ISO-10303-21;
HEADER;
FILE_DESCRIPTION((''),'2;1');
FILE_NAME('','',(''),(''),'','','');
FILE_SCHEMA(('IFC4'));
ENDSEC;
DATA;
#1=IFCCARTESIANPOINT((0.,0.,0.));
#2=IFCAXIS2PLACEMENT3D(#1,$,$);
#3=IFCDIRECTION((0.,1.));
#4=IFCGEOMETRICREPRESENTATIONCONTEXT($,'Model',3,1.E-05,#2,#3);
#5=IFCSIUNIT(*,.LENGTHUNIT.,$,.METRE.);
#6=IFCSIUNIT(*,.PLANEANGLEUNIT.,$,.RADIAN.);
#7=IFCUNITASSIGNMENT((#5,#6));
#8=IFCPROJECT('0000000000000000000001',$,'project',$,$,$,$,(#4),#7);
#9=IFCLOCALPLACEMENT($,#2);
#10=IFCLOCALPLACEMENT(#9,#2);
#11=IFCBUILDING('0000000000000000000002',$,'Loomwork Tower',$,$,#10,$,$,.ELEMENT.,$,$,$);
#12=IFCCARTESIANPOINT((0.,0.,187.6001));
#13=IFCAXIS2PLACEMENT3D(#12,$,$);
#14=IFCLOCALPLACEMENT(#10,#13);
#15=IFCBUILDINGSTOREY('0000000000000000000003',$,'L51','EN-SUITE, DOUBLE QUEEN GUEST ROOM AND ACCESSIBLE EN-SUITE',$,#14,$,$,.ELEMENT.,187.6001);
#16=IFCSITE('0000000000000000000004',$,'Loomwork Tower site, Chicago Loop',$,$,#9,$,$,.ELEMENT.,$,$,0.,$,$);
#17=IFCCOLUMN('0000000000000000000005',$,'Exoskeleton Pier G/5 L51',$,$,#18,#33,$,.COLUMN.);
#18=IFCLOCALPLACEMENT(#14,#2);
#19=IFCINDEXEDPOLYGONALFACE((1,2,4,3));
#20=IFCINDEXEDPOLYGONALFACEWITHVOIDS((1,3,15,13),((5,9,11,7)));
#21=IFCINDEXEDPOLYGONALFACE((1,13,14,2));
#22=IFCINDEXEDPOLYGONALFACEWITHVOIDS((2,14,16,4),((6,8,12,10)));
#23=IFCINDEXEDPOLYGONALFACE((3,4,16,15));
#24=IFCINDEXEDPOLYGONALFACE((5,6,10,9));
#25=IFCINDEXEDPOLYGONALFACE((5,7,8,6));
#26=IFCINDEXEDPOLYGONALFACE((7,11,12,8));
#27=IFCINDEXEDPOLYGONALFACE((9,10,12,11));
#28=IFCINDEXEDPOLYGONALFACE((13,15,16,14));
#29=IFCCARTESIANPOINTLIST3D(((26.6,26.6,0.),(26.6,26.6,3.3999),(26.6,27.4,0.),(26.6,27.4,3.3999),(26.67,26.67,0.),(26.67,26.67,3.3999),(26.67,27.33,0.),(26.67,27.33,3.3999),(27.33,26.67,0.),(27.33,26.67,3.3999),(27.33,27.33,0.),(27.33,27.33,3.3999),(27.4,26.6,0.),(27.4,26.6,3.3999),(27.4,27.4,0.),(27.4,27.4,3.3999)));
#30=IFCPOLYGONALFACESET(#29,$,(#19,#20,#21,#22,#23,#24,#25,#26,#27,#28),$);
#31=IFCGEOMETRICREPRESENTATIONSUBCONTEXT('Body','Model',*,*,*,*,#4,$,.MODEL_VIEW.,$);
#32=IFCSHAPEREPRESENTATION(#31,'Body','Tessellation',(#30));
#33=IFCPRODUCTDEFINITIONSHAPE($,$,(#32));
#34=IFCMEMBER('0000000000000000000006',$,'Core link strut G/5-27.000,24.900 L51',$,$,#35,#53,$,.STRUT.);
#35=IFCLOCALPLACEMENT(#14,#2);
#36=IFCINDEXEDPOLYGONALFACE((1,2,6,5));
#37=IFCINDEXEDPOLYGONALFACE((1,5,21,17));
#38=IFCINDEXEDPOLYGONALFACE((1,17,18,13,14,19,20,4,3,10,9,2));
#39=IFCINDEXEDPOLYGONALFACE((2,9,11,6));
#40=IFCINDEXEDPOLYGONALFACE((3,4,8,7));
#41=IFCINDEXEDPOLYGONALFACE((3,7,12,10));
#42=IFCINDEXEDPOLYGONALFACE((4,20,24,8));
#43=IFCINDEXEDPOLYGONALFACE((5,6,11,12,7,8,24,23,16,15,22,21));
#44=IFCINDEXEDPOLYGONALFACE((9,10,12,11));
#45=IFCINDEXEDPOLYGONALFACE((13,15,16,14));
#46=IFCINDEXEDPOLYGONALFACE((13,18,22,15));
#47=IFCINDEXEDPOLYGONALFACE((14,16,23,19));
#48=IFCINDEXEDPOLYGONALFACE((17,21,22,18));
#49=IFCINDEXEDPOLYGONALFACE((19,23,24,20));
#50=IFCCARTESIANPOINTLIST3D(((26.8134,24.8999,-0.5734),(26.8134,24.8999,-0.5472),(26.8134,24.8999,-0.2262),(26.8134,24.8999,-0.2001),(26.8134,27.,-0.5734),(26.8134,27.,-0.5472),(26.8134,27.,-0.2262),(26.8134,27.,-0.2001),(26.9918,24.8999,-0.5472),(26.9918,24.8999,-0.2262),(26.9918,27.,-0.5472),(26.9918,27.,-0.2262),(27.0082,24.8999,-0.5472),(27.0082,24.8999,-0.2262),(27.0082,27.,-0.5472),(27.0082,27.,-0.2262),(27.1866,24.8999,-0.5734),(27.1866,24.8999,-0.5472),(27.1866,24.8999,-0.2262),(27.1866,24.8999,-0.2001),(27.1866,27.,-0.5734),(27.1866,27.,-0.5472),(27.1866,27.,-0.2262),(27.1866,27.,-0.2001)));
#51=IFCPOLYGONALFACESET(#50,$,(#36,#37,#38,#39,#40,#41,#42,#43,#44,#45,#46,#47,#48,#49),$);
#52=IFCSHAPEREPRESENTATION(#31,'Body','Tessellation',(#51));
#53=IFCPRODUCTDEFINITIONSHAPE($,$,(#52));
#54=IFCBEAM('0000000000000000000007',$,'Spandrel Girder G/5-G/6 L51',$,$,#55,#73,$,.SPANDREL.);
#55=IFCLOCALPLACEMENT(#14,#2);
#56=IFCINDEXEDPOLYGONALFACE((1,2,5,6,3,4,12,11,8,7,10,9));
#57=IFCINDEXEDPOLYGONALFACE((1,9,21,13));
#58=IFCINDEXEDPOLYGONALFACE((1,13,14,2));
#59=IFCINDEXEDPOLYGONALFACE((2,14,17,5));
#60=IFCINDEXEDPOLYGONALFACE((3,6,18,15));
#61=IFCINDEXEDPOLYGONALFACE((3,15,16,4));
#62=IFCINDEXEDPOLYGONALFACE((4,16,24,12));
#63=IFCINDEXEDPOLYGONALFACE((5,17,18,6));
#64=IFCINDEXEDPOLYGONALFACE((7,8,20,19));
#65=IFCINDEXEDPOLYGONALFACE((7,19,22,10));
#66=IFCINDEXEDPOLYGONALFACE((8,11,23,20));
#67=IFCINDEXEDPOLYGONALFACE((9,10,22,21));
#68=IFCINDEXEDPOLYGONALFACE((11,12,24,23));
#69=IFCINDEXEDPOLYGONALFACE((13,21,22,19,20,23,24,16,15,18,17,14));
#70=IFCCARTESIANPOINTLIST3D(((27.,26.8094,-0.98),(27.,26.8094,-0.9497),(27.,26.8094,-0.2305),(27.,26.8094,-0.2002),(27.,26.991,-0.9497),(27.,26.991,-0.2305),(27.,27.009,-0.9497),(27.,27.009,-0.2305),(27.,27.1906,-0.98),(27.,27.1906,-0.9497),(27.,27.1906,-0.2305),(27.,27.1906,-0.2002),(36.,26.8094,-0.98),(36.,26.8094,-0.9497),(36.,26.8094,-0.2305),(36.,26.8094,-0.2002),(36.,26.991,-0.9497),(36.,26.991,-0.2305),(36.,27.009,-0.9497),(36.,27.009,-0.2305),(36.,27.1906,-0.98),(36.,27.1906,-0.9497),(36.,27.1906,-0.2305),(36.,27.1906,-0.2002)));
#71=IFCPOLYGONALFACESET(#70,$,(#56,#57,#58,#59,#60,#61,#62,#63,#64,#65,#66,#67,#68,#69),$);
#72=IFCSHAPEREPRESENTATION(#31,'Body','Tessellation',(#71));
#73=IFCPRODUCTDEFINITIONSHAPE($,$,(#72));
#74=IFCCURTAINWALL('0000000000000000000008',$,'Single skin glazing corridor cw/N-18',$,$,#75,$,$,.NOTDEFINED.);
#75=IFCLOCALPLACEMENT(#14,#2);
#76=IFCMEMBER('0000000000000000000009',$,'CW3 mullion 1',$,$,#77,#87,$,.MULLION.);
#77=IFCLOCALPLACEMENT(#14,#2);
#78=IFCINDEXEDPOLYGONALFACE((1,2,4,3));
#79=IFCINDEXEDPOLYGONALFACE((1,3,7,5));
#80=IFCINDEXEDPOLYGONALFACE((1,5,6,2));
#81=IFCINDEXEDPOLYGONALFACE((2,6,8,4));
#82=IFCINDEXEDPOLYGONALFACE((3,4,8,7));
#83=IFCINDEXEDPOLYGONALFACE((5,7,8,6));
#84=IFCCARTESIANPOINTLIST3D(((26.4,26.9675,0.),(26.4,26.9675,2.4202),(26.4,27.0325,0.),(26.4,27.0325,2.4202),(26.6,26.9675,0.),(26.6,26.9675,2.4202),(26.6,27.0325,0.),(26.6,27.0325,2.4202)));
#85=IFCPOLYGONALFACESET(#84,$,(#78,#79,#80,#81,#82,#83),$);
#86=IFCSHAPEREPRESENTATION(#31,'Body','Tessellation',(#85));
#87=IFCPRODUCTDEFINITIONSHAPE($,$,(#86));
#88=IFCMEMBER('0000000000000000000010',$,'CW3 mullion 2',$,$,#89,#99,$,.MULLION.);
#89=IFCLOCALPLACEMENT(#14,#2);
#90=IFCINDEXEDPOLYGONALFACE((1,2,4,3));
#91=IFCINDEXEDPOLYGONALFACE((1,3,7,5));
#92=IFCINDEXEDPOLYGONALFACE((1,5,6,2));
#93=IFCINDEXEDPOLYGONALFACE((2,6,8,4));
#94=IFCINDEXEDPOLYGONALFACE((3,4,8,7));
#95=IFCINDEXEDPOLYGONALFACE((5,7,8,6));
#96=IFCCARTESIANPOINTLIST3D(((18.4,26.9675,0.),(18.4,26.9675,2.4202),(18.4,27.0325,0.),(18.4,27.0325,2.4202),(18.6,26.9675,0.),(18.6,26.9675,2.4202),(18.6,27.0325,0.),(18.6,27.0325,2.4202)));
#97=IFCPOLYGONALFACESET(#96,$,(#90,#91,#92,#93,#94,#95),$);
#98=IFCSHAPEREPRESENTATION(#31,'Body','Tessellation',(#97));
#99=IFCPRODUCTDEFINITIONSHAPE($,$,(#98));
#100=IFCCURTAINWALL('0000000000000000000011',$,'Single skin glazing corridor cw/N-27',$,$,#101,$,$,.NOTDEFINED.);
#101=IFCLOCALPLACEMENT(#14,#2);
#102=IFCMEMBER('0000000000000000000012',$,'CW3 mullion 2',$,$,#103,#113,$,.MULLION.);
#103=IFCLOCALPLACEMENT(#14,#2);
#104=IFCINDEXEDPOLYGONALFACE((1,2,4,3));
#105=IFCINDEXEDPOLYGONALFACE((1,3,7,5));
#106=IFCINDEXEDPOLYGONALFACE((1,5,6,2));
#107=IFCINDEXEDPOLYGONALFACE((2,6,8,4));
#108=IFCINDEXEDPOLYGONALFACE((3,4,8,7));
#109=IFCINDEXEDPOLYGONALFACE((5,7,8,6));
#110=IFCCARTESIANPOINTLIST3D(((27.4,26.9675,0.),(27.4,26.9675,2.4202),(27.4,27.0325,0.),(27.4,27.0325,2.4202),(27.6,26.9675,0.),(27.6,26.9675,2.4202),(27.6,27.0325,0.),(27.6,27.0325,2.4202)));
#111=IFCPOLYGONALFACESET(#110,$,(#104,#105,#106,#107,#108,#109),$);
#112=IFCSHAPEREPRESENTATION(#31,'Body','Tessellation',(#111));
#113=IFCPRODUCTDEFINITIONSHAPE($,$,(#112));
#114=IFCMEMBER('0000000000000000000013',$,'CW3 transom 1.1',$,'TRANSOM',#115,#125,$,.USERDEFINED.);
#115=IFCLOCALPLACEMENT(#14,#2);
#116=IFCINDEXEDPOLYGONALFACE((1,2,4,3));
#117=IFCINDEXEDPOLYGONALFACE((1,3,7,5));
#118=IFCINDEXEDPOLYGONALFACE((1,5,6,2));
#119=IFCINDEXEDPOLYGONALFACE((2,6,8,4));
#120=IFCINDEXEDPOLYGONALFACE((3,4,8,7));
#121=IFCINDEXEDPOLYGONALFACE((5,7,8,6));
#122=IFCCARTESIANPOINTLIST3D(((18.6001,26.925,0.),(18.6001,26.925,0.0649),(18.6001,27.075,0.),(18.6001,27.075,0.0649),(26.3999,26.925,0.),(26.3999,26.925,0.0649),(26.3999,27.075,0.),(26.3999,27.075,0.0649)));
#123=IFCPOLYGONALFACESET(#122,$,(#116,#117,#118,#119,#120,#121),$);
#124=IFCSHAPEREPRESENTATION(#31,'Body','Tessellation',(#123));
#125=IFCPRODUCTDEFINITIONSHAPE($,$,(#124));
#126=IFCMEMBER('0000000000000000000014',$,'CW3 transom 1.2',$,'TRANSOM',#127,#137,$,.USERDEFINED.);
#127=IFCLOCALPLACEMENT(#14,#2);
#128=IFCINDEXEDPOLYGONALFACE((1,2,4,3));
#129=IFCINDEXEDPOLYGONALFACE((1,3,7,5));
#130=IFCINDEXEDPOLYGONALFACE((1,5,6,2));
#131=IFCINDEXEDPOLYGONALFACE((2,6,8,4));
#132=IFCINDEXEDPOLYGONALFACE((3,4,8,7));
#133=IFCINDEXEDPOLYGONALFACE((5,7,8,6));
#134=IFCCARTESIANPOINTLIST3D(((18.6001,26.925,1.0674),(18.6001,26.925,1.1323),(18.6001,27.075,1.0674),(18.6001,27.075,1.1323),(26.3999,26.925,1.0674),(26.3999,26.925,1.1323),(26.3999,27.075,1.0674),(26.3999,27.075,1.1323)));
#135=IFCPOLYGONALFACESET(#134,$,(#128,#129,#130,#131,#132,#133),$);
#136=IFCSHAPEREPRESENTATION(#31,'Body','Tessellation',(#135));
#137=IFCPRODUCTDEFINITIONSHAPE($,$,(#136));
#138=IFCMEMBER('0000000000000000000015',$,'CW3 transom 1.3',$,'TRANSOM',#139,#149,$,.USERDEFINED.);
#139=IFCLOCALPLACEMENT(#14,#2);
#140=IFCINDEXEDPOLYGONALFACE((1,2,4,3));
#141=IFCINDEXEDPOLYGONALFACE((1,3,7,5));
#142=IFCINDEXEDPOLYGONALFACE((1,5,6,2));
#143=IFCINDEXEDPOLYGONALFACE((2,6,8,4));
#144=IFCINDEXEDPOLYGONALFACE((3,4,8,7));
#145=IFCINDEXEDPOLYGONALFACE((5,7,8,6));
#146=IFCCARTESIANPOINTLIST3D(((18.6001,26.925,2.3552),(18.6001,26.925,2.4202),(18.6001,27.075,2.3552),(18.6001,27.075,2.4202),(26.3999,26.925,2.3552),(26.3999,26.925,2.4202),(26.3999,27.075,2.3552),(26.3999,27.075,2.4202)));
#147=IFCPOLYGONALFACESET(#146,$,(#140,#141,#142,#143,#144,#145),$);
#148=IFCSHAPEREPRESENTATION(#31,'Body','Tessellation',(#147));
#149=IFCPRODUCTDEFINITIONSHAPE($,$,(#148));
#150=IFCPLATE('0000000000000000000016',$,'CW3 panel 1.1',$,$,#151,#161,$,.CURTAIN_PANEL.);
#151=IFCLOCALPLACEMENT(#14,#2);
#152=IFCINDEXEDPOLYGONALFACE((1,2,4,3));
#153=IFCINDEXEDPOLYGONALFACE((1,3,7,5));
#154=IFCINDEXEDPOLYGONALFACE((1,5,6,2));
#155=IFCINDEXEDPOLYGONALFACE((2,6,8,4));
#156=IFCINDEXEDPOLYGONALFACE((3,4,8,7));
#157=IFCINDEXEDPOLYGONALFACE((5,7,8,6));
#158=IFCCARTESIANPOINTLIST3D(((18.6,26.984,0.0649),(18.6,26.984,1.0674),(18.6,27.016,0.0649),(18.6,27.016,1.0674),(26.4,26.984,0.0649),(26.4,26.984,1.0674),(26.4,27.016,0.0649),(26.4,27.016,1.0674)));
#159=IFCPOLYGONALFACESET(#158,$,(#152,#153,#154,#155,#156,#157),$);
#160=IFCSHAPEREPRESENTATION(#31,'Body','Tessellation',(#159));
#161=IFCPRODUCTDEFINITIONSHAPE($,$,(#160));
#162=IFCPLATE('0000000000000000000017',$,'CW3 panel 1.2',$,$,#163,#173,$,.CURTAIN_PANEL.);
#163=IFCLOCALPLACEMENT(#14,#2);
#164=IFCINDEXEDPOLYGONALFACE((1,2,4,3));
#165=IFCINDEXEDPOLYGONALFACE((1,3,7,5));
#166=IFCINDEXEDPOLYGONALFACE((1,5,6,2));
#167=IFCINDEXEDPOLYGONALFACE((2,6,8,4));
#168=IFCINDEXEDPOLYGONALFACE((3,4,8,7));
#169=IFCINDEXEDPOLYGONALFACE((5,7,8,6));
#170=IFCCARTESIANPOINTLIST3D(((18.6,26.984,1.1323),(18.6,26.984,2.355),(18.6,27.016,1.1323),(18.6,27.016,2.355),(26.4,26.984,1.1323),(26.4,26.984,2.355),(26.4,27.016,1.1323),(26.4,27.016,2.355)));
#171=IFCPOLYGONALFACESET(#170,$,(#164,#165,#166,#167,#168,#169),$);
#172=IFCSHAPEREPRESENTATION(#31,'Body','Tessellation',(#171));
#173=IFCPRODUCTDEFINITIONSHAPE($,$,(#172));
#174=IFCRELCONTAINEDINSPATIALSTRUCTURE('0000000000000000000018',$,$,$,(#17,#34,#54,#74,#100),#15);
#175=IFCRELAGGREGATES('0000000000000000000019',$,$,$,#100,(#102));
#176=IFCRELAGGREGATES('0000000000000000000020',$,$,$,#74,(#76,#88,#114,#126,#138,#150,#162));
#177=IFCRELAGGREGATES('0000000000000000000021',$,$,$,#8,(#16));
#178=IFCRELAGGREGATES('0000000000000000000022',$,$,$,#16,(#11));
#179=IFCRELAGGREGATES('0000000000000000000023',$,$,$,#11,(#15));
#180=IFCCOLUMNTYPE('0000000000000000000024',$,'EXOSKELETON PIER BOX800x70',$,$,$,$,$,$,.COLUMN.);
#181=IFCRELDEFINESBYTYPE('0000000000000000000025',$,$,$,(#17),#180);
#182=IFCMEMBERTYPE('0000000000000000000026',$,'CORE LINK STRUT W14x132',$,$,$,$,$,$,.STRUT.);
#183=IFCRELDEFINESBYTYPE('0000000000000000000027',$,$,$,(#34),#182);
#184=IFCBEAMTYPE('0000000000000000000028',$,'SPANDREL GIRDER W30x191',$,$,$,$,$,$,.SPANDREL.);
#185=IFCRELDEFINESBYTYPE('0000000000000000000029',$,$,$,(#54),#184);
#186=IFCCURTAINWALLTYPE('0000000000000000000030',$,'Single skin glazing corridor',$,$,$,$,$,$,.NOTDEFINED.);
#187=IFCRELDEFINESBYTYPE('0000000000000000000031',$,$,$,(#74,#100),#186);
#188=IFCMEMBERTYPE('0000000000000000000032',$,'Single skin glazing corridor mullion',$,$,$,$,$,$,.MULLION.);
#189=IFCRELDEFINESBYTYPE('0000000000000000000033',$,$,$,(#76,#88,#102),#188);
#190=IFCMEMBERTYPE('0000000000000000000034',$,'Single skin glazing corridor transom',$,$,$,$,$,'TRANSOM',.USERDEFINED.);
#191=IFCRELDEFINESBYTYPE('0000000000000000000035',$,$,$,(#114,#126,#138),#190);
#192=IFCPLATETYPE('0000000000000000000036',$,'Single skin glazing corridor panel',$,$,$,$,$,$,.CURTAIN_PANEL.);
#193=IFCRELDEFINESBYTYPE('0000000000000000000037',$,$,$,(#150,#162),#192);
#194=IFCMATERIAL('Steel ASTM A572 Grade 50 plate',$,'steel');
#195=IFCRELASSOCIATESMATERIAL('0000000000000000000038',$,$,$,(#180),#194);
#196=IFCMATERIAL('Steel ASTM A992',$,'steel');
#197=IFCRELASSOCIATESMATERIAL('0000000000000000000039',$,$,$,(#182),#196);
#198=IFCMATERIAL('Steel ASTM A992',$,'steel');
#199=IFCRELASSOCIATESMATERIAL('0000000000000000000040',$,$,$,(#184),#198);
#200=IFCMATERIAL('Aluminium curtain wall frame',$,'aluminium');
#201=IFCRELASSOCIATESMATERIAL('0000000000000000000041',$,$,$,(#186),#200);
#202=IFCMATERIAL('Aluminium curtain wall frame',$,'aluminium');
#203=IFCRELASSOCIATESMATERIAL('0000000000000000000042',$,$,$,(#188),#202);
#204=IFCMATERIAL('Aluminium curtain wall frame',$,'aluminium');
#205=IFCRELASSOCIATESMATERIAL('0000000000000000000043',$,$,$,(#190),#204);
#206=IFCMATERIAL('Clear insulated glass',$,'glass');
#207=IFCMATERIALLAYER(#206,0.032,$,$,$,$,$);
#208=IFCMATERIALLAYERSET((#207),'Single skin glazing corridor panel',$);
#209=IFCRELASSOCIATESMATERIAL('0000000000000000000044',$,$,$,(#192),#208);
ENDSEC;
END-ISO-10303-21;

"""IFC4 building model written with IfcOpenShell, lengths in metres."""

from ifc_helpers import new_model, si_unit, direction, frame, origin, origin_2d, place, context, subcontext, project, spatial, rectangle, hollow_rectangle, i_section, extrude, material, layer, layer_set, material_profile, profile_set, type_object, element, aggregate, save


model = new_model("IFC4")

# Units and contexts
model_context = context("Model", 3, precision=1e-05, world=origin(), true_north=direction((0.0, 1.0)))
body_context = subcontext(model_context, "Body", "Model", "MODEL_VIEW")
ifc_project = project(units=[si_unit("LENGTHUNIT", "METRE"), si_unit("PLANEANGLEUNIT", "RADIAN")], contexts=[model_context])

# Site, building, storey
site_placement = place(None, origin())
site = spatial("IfcSite", under=ifc_project, at=site_placement, Name="Loomwork Tower site, Chicago Loop", CompositionType="ELEMENT", RefElevation=0.0)
building_placement = place(site_placement, origin())
building = spatial("IfcBuilding", under=site, at=building_placement, Name="Loomwork Tower", CompositionType="ELEMENT")
storey_placement = place(building_placement, frame((0.0, 0.0, 187.6001)))
storey = spatial("IfcBuildingStorey", under=building, at=storey_placement, Name="L51", Description="EN-SUITE, DOUBLE QUEEN GUEST ROOM AND ACCESSIBLE EN-SUITE", CompositionType="ELEMENT", Elevation=187.6001)

# Column
ifc_material_1 = material(Name="Steel ASTM A572 Grade 50 plate", Category="steel")
ifc_material_profile_1 = material_profile(ifc_material_1, hollow_rectangle(XDim=0.8, YDim=0.8, WallThickness=0.0701, at=origin_2d()), Name="BOX800x70")
ifc_profile_set_1 = profile_set([ifc_material_profile_1], Name="Steel ASTM A572 Grade 50 plate")
column_type = type_object("IfcColumnType", Name="EXOSKELETON PIER BOX800x70", PredefinedType="COLUMN", material=ifc_profile_set_1)
column_placement = place(storey_placement, frame((27.0, 27.0, 0.0), z_axis=(0.0, 0.0, 1.0), x_axis=(1.0, 0.0, 0.0)))
element("IfcColumn", 1, at=column_placement, inside=storey, type_object=column_type, Name="Exoskeleton Pier G/5 L51", PredefinedType="COLUMN", context=body_context, shape_type="SweptSolid", body=[
    extrude(hollow_rectangle(XDim=0.8, YDim=0.8, WallThickness=0.0701, at=origin_2d()), origin(), (0.0, 0.0, 1.0), 3.3999),
])

# Member
ifc_material_2 = material(Name="Steel ASTM A992", Category="steel")
ifc_material_profile_2 = material_profile(ifc_material_2, i_section(OverallWidth=0.3733, OverallDepth=0.3733, WebThickness=0.0164, FlangeThickness=0.0261, at=origin_2d()), Name="W14x132")
ifc_profile_set_2 = profile_set([ifc_material_profile_2], Name="Steel ASTM A992")
member_type_1 = type_object("IfcMemberType", Name="CORE LINK STRUT W14x132", PredefinedType="STRUT", material=ifc_profile_set_2)
member_1_placement = place(storey_placement, frame((27.0, 27.0, -0.3867), z_axis=(0.0, -1.0, 0.0), x_axis=(1.0, 0.0, 0.0)))
element("IfcMember", 2, at=member_1_placement, inside=storey, type_object=member_type_1, Name="Core link strut G/5-27.000,24.900 L51", PredefinedType="STRUT", context=body_context, shape_type="SweptSolid", body=[
    extrude(i_section(OverallWidth=0.3733, OverallDepth=0.3733, WebThickness=0.0164, FlangeThickness=0.0261, at=origin_2d()), origin(), (0.0, 0.0, 1.0), 2.1001),
])

# Beam
ifc_material_3 = material(Name="Steel ASTM A992", Category="steel")
ifc_material_profile_3 = material_profile(ifc_material_3, i_section(OverallWidth=0.3811, OverallDepth=0.7798, WebThickness=0.0181, FlangeThickness=0.0303, at=origin_2d()), Name="W30x191")
ifc_profile_set_3 = profile_set([ifc_material_profile_3], Name="Steel ASTM A992")
beam_type = type_object("IfcBeamType", Name="SPANDREL GIRDER W30x191", PredefinedType="SPANDREL", material=ifc_profile_set_3)
beam_placement = place(storey_placement, frame((27.0, 27.0, -0.5901), z_axis=(1.0, 0.0, 0.0), x_axis=(0.0, 1.0, 0.0)))
element("IfcBeam", 3, at=beam_placement, inside=storey, type_object=beam_type, Name="Spandrel Girder G/5-G/6 L51", PredefinedType="SPANDREL", context=body_context, shape_type="SweptSolid", body=[
    extrude(i_section(OverallWidth=0.3811, OverallDepth=0.7798, WebThickness=0.0181, FlangeThickness=0.0303, at=origin_2d()), origin(), (0.0, 0.0, 1.0), 9.0),
])

# Curtain wall, members
ifc_material_4 = material(Name="Aluminium curtain wall frame", Category="aluminium")
curtain_wall_type = type_object("IfcCurtainWallType", Name="Single skin glazing corridor", PredefinedType="NOTDEFINED", material=ifc_material_4)
curtain_wall_1_placement = place(storey_placement, origin())
curtain_wall_1 = element("IfcCurtainWall", 4, at=curtain_wall_1_placement, inside=storey, type_object=curtain_wall_type, Name="Single skin glazing corridor cw/N-18", PredefinedType="NOTDEFINED")
ifc_material_5 = material(Name="Aluminium curtain wall frame", Category="aluminium")
ifc_material_profile_4 = material_profile(ifc_material_5, rectangle(XDim=0.0649, YDim=0.2, at=origin_2d()), Name="AL 65x200")
ifc_profile_set_4 = profile_set([ifc_material_profile_4], Name="Aluminium curtain wall frame")
member_type_2 = type_object("IfcMemberType", Name="Single skin glazing corridor mullion", PredefinedType="MULLION", material=ifc_profile_set_4)
member_2_placement = place(storey_placement, frame((26.5, 27.0, 0.0), z_axis=(0.0, 0.0, 1.0), x_axis=(0.0, -1.0, 0.0)))
member_2 = element("IfcMember", 5, at=member_2_placement, type_object=member_type_2, Name="CW3 mullion 1", PredefinedType="MULLION", context=body_context, shape_type="SweptSolid", body=[
    extrude(rectangle(XDim=0.0649, YDim=0.2, at=origin_2d()), origin(), (0.0, 0.0, 1.0), 2.4202),
])
member_3_placement = place(storey_placement, frame((18.5, 27.0, 0.0), z_axis=(0.0, 0.0, 1.0), x_axis=(0.0, -1.0, 0.0)))
member_3 = element("IfcMember", 6, at=member_3_placement, type_object=member_type_2, Name="CW3 mullion 2", PredefinedType="MULLION", context=body_context, shape_type="SweptSolid", body=[
    extrude(rectangle(XDim=0.0649, YDim=0.2, at=origin_2d()), origin(), (0.0, 0.0, 1.0), 2.4202),
])

# Curtain wall, member
curtain_wall_2_placement = place(storey_placement, origin())
curtain_wall_2 = element("IfcCurtainWall", 7, at=curtain_wall_2_placement, inside=storey, type_object=curtain_wall_type, Name="Single skin glazing corridor cw/N-27", PredefinedType="NOTDEFINED")
member_4_placement = place(storey_placement, frame((27.5, 27.0, 0.0), z_axis=(0.0, 0.0, 1.0), x_axis=(0.0, -1.0, 0.0)))
member_4 = element("IfcMember", 8, at=member_4_placement, type_object=member_type_2, Name="CW3 mullion 2", PredefinedType="MULLION", context=body_context, shape_type="SweptSolid", body=[
    extrude(rectangle(XDim=0.0649, YDim=0.2, at=origin_2d()), origin(), (0.0, 0.0, 1.0), 2.4202),
])
aggregate(curtain_wall_2, [member_4])

# Members
ifc_material_6 = material(Name="Aluminium curtain wall frame", Category="aluminium")
ifc_material_profile_5 = material_profile(ifc_material_6, rectangle(XDim=0.1499, YDim=0.0649, at=origin_2d()), Name="AL 65x150")
ifc_profile_set_5 = profile_set([ifc_material_profile_5], Name="Aluminium curtain wall frame")
member_type_3 = type_object("IfcMemberType", Name="Single skin glazing corridor transom", ElementType="TRANSOM", PredefinedType="USERDEFINED", material=ifc_profile_set_5)
member_5_placement = place(storey_placement, frame((26.3999, 27.0, 0.0325), z_axis=(-1.0, 0.0, 0.0), x_axis=(0.0, -1.0, 0.0)))
member_5 = element("IfcMember", 9, at=member_5_placement, type_object=member_type_3, Name="CW3 transom 1.1", ObjectType="TRANSOM", PredefinedType="USERDEFINED", context=body_context, shape_type="SweptSolid", body=[
    extrude(rectangle(XDim=0.1499, YDim=0.0649, at=origin_2d()), origin(), (0.0, 0.0, 1.0), 7.7998),
])
member_6_placement = place(storey_placement, frame((26.3999, 27.0, 1.0999), z_axis=(-1.0, 0.0, 0.0), x_axis=(0.0, -1.0, 0.0)))
member_6 = element("IfcMember", 10, at=member_6_placement, type_object=member_type_3, Name="CW3 transom 1.2", ObjectType="TRANSOM", PredefinedType="USERDEFINED", context=body_context, shape_type="SweptSolid", body=[
    extrude(rectangle(XDim=0.1499, YDim=0.0649, at=origin_2d()), origin(), (0.0, 0.0, 1.0), 7.7998),
])
member_7_placement = place(storey_placement, frame((26.3999, 27.0, 2.3877), z_axis=(-1.0, 0.0, 0.0), x_axis=(0.0, -1.0, 0.0)))
member_7 = element("IfcMember", 11, at=member_7_placement, type_object=member_type_3, Name="CW3 transom 1.3", ObjectType="TRANSOM", PredefinedType="USERDEFINED", context=body_context, shape_type="SweptSolid", body=[
    extrude(rectangle(XDim=0.1499, YDim=0.0649, at=origin_2d()), origin(), (0.0, 0.0, 1.0), 7.7998),
])

# Plates
ifc_material_7 = material(Name="Clear insulated glass", Category="glass")
ifc_layer_1 = layer(ifc_material_7, 0.032)
ifc_layer_set_1 = layer_set([ifc_layer_1], Name="Single skin glazing corridor panel")
plate_type = type_object("IfcPlateType", Name="Single skin glazing corridor panel", PredefinedType="CURTAIN_PANEL", material=ifc_layer_set_1)
plate_1_placement = place(storey_placement, frame((22.5, 27.0, 0.0649), z_axis=(0.0, 0.0, 1.0), x_axis=(-1.0, 0.0, 0.0)))
plate_1 = element("IfcPlate", 12, at=plate_1_placement, type_object=plate_type, Name="CW3 panel 1.1", PredefinedType="CURTAIN_PANEL", context=body_context, shape_type="SweptSolid", body=[
    extrude(rectangle(XDim=7.8, YDim=0.032, at=origin_2d()), origin(), (0.0, 0.0, 1.0), 1.0024),
])
plate_2_placement = place(storey_placement, frame((22.5, 27.0, 1.1323), z_axis=(0.0, 0.0, 1.0), x_axis=(-1.0, 0.0, 0.0)))
plate_2 = element("IfcPlate", 13, at=plate_2_placement, type_object=plate_type, Name="CW3 panel 1.2", PredefinedType="CURTAIN_PANEL", context=body_context, shape_type="SweptSolid", body=[
    extrude(rectangle(XDim=7.8, YDim=0.032, at=origin_2d()), origin(), (0.0, 0.0, 1.0), 1.2227),
])
aggregate(curtain_wall_1, [member_2, member_3, member_5, member_6, member_7, plate_1, plate_2])

save(model, "model.ifc")
